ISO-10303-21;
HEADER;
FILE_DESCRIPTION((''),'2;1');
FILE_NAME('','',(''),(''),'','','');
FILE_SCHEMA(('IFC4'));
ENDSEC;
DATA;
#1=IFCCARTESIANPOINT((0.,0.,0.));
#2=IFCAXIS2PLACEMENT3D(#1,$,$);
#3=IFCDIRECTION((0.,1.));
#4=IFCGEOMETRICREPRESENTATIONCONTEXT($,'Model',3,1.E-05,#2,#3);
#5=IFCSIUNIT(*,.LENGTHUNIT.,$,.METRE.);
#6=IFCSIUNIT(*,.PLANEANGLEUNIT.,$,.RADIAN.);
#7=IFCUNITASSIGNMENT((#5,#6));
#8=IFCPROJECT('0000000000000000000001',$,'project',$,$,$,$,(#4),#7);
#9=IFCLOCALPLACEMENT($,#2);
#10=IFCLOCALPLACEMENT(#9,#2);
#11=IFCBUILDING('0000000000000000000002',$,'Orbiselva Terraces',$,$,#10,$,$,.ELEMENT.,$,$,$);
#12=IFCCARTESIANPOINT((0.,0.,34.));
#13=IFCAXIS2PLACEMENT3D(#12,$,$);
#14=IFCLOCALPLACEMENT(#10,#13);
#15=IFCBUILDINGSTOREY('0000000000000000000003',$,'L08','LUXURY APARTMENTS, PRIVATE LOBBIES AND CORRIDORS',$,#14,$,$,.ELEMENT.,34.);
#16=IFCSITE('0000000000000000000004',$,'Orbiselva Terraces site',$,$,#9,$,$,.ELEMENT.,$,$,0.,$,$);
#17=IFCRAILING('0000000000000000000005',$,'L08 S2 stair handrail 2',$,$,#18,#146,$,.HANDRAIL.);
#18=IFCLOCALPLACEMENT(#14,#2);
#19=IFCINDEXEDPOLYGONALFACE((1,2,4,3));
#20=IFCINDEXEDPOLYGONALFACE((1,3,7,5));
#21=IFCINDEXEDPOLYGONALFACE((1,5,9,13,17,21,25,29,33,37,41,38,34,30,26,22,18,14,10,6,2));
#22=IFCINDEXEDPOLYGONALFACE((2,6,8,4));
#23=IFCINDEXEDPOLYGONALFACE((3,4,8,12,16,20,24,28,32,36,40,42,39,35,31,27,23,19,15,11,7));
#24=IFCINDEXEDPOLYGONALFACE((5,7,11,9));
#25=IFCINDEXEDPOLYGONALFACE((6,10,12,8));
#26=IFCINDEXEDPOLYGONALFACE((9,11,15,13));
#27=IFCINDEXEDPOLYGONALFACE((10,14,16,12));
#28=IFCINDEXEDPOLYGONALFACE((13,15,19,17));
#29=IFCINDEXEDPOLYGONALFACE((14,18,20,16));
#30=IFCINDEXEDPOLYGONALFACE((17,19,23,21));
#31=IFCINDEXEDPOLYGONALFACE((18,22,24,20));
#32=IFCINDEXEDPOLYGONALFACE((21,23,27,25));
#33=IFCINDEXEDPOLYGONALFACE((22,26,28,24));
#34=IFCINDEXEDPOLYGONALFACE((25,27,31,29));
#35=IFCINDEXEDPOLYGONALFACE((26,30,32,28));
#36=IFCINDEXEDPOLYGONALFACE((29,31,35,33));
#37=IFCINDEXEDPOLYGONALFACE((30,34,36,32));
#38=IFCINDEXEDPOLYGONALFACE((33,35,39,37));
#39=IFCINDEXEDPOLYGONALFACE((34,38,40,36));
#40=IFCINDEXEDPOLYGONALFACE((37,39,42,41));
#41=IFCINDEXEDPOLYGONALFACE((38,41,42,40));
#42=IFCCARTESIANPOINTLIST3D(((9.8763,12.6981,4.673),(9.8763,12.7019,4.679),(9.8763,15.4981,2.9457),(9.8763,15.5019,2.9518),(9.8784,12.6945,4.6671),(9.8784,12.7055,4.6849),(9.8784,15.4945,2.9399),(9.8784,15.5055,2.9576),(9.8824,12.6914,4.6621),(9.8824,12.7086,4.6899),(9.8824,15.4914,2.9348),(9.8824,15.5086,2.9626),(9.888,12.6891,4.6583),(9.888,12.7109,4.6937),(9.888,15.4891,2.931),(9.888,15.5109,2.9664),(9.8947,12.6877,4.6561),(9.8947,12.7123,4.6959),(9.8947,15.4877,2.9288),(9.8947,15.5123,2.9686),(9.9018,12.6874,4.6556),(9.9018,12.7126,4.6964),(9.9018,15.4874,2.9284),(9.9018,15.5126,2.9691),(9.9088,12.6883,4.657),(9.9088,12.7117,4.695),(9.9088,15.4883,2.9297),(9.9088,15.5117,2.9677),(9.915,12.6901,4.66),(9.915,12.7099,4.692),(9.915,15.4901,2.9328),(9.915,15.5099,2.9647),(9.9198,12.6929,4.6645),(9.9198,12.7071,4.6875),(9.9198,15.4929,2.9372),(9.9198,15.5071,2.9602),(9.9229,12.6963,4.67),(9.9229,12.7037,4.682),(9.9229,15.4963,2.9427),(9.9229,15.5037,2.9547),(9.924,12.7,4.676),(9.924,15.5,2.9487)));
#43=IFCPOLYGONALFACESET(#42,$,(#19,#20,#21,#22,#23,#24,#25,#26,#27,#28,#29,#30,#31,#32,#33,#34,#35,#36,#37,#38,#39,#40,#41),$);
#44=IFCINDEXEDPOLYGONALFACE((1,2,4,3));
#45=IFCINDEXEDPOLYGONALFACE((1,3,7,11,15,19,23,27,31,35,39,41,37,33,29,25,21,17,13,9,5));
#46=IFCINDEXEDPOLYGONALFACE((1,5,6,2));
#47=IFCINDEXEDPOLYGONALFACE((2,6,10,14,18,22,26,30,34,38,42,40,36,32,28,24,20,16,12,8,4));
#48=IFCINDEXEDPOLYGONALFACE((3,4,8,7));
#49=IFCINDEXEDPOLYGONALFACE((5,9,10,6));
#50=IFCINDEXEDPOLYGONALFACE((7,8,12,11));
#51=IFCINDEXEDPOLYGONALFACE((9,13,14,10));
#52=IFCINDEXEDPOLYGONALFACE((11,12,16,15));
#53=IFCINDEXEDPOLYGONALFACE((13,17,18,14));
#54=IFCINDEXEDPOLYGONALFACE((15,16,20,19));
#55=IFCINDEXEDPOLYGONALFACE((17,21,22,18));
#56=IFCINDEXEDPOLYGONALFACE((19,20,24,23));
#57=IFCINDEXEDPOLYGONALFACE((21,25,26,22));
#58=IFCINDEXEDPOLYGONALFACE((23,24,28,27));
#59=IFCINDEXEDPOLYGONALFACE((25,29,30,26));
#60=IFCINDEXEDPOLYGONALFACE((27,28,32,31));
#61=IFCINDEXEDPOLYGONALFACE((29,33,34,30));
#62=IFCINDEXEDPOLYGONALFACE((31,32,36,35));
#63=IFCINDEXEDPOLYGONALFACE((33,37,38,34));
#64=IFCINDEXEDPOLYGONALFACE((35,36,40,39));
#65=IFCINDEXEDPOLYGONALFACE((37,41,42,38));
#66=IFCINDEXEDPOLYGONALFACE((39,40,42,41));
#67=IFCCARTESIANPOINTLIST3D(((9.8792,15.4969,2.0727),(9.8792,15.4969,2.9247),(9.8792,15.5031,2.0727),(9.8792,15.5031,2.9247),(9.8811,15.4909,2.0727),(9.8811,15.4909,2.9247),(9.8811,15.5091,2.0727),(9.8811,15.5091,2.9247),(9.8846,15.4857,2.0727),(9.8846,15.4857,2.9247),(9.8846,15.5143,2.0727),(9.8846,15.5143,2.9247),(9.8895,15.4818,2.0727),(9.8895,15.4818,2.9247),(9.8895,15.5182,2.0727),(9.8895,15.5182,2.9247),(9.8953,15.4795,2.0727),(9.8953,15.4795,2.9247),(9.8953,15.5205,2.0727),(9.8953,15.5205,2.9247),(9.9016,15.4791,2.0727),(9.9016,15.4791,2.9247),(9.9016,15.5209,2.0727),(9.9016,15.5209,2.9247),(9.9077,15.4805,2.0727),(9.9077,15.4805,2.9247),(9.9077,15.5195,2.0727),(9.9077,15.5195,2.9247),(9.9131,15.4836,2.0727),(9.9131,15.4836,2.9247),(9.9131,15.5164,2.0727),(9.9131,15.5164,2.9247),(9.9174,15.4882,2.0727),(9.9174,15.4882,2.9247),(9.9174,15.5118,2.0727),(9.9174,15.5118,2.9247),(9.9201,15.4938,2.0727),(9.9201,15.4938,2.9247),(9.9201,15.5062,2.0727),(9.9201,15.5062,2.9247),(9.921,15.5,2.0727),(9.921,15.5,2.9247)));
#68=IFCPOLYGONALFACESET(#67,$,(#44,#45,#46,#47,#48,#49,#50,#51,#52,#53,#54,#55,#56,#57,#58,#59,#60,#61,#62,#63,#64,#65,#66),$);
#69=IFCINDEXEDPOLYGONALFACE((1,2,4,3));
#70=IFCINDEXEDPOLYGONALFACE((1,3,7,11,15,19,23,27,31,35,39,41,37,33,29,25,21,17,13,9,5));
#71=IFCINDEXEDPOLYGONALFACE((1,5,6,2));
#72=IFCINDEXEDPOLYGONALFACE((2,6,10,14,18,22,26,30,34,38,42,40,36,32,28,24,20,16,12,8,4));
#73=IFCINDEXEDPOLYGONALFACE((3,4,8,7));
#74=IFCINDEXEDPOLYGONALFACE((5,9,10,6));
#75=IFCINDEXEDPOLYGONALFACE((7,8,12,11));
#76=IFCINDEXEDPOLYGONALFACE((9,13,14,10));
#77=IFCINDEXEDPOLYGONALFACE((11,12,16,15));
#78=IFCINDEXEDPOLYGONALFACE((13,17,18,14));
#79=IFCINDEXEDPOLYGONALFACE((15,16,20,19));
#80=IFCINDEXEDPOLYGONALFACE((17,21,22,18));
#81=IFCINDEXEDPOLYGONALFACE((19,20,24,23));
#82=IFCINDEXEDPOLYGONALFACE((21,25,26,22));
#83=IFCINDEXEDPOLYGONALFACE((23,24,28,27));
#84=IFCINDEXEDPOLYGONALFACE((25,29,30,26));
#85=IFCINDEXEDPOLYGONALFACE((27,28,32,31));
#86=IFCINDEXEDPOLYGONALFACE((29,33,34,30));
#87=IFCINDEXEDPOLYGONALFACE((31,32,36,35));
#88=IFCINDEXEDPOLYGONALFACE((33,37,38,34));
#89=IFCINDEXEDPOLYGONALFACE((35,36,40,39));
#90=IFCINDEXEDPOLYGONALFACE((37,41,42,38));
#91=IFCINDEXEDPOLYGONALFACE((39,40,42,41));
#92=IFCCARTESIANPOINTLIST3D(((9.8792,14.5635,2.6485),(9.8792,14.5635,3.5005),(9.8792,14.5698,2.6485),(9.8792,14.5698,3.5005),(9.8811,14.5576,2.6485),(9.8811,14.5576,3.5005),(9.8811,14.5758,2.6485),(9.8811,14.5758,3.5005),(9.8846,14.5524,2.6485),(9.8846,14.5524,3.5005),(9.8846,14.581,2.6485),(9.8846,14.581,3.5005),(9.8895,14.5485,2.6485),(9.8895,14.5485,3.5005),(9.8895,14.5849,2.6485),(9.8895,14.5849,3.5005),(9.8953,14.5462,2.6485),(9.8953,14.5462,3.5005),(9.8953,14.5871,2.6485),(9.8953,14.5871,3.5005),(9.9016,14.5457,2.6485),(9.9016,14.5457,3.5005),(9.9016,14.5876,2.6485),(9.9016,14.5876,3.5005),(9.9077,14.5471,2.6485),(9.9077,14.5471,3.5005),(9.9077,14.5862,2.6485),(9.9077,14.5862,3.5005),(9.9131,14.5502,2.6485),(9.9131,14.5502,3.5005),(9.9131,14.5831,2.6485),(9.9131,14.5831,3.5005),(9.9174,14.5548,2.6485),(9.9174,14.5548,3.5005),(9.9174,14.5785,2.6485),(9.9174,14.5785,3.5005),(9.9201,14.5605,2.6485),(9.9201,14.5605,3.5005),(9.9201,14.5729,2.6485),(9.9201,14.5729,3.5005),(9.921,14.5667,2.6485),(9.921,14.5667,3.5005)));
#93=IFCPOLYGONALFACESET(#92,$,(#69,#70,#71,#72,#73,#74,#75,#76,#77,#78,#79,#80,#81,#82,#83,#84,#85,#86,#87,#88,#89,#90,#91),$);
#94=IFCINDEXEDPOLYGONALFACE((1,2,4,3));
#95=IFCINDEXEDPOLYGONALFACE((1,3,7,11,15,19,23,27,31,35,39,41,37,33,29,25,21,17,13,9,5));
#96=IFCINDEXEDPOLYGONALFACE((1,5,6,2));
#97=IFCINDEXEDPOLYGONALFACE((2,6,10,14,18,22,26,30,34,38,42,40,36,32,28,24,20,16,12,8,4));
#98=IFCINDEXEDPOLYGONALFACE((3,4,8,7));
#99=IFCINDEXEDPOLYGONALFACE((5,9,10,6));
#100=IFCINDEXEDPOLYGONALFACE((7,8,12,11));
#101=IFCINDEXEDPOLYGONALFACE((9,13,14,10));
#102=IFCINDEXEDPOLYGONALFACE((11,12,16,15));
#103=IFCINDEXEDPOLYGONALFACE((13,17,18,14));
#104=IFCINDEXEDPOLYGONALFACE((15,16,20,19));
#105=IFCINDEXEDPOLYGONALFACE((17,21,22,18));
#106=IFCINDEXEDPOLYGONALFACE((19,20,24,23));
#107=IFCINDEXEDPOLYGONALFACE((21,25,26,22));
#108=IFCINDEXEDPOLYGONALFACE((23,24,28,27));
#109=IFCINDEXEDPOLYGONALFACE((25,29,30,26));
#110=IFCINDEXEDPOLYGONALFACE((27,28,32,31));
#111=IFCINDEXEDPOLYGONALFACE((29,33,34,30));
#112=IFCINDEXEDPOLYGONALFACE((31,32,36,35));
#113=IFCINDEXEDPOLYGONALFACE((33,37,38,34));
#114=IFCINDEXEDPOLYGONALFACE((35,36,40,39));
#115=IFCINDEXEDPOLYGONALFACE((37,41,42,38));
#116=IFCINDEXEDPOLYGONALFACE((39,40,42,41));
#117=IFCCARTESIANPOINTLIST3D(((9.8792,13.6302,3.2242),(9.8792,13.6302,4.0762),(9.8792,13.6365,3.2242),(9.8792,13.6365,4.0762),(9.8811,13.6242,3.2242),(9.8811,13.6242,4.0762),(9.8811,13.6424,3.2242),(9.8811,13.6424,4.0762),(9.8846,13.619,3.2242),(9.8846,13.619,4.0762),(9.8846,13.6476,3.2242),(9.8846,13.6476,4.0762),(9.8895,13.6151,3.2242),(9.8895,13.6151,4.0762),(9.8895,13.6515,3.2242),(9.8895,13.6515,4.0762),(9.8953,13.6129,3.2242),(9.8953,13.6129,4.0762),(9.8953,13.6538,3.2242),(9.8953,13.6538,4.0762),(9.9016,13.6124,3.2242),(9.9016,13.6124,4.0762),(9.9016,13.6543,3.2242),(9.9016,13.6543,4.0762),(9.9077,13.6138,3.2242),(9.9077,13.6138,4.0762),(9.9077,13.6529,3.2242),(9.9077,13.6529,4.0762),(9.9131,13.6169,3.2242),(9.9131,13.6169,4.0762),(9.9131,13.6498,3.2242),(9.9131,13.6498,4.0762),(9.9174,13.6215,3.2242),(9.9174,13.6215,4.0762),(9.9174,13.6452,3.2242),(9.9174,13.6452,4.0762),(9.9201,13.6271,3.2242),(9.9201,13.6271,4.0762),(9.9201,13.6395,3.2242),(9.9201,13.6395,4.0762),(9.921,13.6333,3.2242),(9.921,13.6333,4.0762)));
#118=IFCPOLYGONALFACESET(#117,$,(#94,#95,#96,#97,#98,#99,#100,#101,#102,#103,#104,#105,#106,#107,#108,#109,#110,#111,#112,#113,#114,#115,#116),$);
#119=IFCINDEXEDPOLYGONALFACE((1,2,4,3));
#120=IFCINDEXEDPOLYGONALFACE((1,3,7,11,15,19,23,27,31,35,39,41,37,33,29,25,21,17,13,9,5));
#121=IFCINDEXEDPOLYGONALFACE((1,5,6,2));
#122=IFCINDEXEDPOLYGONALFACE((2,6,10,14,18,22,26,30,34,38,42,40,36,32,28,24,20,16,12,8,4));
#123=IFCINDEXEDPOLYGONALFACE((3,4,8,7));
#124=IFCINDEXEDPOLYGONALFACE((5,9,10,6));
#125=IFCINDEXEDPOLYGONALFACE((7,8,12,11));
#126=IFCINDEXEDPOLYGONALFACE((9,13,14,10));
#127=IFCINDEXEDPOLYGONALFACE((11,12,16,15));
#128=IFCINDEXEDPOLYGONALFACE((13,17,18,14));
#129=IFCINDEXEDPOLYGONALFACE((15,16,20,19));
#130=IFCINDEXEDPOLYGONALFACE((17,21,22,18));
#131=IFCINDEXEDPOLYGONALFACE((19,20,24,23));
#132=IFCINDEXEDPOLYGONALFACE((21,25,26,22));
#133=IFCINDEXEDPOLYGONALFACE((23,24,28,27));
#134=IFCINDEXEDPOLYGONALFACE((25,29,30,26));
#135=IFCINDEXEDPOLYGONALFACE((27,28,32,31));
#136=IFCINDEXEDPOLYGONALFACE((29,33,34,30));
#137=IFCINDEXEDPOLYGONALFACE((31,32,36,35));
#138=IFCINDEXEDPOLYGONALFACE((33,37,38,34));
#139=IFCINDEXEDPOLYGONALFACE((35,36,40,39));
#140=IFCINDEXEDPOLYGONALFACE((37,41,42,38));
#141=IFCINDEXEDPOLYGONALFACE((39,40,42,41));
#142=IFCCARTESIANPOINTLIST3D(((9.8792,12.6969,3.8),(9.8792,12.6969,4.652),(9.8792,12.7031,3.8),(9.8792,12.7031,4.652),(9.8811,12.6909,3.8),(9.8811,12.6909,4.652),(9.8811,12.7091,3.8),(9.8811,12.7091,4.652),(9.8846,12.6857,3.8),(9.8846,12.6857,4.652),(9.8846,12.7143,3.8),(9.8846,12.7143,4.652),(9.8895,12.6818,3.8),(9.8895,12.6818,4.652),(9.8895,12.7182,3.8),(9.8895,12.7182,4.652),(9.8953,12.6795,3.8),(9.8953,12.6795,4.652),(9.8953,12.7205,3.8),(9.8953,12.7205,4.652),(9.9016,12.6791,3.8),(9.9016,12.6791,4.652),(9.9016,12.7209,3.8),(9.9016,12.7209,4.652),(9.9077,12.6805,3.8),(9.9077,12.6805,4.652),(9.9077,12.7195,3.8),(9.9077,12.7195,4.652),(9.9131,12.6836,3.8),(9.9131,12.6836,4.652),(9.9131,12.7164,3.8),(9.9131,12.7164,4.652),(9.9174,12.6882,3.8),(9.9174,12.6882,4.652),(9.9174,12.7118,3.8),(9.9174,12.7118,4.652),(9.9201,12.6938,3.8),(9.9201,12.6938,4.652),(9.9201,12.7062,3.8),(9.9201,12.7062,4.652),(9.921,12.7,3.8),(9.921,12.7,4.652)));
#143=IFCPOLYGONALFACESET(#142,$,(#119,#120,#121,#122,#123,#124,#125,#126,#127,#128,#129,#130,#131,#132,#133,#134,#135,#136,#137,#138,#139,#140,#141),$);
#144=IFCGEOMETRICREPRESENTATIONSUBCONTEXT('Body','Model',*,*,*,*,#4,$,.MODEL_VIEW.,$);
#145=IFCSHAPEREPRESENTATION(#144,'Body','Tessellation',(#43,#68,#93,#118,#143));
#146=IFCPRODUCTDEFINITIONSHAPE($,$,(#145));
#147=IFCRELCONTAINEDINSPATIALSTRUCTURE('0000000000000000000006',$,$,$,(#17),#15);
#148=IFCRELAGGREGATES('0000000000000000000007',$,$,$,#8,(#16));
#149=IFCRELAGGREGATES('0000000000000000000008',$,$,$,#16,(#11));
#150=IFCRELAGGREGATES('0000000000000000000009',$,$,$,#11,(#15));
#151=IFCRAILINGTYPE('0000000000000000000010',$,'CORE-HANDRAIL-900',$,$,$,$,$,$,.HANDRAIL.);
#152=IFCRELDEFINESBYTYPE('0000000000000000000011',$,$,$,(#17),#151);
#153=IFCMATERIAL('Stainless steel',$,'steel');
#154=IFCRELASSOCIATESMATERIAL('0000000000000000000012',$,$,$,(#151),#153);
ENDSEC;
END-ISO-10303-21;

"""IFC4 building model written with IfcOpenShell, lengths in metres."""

from ifc_helpers import new_model, si_unit, direction, frame, origin, origin_2d, place, context, subcontext, project, spatial, circle, extrude, material, type_object, element, save


model = new_model("IFC4")

# Units and contexts
model_context = context("Model", 3, precision=1e-05, world=origin(), true_north=direction((0.0, 1.0)))
body_context = subcontext(model_context, "Body", "Model", "MODEL_VIEW")
ifc_project = project(units=[si_unit("LENGTHUNIT", "METRE"), si_unit("PLANEANGLEUNIT", "RADIAN")], contexts=[model_context])

# Site, building, storey
site_placement = place(None, origin())
site = spatial("IfcSite", under=ifc_project, at=site_placement, Name="Orbiselva Terraces site", CompositionType="ELEMENT", RefElevation=0.0)
building_placement = place(site_placement, origin())
building = spatial("IfcBuilding", under=site, at=building_placement, Name="Orbiselva Terraces", CompositionType="ELEMENT")
storey_placement = place(building_placement, frame((0.0, 0.0, 34.0)))
storey = spatial("IfcBuildingStorey", under=building, at=storey_placement, Name="L08", Description="LUXURY APARTMENTS, PRIVATE LOBBIES AND CORRIDORS", CompositionType="ELEMENT", Elevation=34.0)

# Railing
ifc_material_1 = material(Name="Stainless steel", Category="steel")
railing_type_1 = type_object("IfcRailingType", Name="CORE-HANDRAIL-900", PredefinedType="HANDRAIL", material=ifc_material_1)
railing_1_placement = place(storey_placement, frame((9.9, 15.5, 2.0727)))
element("IfcRailing", 1, at=railing_1_placement, inside=storey, type_object=railing_type_1, Name="L08 S2 stair handrail 2", PredefinedType="HANDRAIL", context=body_context, shape_type="SweptSolid", body=[
    extrude(circle(Radius=0.024, at=origin_2d()), frame((0.0, 0.0, 0.876), z_axis=(0.0, -0.851089, 0.525022), x_axis=(1.0, 0.0, 0.0)), (0.0, 0.0, 1.0), 3.2899),
    extrude(circle(Radius=0.021, at=origin_2d()), origin(), (0.0, 0.0, 1.0), 0.852),
    extrude(circle(Radius=0.021, at=origin_2d()), frame((0.0, -0.9333, 0.5758)), (0.0, 0.0, 1.0), 0.852),
    extrude(circle(Radius=0.021, at=origin_2d()), frame((0.0, -1.8667, 1.1515)), (0.0, 0.0, 1.0), 0.852),
    extrude(circle(Radius=0.021, at=origin_2d()), frame((0.0, -2.8, 1.7273)), (0.0, 0.0, 1.0), 0.852),
])

save(model, "model.ifc")
